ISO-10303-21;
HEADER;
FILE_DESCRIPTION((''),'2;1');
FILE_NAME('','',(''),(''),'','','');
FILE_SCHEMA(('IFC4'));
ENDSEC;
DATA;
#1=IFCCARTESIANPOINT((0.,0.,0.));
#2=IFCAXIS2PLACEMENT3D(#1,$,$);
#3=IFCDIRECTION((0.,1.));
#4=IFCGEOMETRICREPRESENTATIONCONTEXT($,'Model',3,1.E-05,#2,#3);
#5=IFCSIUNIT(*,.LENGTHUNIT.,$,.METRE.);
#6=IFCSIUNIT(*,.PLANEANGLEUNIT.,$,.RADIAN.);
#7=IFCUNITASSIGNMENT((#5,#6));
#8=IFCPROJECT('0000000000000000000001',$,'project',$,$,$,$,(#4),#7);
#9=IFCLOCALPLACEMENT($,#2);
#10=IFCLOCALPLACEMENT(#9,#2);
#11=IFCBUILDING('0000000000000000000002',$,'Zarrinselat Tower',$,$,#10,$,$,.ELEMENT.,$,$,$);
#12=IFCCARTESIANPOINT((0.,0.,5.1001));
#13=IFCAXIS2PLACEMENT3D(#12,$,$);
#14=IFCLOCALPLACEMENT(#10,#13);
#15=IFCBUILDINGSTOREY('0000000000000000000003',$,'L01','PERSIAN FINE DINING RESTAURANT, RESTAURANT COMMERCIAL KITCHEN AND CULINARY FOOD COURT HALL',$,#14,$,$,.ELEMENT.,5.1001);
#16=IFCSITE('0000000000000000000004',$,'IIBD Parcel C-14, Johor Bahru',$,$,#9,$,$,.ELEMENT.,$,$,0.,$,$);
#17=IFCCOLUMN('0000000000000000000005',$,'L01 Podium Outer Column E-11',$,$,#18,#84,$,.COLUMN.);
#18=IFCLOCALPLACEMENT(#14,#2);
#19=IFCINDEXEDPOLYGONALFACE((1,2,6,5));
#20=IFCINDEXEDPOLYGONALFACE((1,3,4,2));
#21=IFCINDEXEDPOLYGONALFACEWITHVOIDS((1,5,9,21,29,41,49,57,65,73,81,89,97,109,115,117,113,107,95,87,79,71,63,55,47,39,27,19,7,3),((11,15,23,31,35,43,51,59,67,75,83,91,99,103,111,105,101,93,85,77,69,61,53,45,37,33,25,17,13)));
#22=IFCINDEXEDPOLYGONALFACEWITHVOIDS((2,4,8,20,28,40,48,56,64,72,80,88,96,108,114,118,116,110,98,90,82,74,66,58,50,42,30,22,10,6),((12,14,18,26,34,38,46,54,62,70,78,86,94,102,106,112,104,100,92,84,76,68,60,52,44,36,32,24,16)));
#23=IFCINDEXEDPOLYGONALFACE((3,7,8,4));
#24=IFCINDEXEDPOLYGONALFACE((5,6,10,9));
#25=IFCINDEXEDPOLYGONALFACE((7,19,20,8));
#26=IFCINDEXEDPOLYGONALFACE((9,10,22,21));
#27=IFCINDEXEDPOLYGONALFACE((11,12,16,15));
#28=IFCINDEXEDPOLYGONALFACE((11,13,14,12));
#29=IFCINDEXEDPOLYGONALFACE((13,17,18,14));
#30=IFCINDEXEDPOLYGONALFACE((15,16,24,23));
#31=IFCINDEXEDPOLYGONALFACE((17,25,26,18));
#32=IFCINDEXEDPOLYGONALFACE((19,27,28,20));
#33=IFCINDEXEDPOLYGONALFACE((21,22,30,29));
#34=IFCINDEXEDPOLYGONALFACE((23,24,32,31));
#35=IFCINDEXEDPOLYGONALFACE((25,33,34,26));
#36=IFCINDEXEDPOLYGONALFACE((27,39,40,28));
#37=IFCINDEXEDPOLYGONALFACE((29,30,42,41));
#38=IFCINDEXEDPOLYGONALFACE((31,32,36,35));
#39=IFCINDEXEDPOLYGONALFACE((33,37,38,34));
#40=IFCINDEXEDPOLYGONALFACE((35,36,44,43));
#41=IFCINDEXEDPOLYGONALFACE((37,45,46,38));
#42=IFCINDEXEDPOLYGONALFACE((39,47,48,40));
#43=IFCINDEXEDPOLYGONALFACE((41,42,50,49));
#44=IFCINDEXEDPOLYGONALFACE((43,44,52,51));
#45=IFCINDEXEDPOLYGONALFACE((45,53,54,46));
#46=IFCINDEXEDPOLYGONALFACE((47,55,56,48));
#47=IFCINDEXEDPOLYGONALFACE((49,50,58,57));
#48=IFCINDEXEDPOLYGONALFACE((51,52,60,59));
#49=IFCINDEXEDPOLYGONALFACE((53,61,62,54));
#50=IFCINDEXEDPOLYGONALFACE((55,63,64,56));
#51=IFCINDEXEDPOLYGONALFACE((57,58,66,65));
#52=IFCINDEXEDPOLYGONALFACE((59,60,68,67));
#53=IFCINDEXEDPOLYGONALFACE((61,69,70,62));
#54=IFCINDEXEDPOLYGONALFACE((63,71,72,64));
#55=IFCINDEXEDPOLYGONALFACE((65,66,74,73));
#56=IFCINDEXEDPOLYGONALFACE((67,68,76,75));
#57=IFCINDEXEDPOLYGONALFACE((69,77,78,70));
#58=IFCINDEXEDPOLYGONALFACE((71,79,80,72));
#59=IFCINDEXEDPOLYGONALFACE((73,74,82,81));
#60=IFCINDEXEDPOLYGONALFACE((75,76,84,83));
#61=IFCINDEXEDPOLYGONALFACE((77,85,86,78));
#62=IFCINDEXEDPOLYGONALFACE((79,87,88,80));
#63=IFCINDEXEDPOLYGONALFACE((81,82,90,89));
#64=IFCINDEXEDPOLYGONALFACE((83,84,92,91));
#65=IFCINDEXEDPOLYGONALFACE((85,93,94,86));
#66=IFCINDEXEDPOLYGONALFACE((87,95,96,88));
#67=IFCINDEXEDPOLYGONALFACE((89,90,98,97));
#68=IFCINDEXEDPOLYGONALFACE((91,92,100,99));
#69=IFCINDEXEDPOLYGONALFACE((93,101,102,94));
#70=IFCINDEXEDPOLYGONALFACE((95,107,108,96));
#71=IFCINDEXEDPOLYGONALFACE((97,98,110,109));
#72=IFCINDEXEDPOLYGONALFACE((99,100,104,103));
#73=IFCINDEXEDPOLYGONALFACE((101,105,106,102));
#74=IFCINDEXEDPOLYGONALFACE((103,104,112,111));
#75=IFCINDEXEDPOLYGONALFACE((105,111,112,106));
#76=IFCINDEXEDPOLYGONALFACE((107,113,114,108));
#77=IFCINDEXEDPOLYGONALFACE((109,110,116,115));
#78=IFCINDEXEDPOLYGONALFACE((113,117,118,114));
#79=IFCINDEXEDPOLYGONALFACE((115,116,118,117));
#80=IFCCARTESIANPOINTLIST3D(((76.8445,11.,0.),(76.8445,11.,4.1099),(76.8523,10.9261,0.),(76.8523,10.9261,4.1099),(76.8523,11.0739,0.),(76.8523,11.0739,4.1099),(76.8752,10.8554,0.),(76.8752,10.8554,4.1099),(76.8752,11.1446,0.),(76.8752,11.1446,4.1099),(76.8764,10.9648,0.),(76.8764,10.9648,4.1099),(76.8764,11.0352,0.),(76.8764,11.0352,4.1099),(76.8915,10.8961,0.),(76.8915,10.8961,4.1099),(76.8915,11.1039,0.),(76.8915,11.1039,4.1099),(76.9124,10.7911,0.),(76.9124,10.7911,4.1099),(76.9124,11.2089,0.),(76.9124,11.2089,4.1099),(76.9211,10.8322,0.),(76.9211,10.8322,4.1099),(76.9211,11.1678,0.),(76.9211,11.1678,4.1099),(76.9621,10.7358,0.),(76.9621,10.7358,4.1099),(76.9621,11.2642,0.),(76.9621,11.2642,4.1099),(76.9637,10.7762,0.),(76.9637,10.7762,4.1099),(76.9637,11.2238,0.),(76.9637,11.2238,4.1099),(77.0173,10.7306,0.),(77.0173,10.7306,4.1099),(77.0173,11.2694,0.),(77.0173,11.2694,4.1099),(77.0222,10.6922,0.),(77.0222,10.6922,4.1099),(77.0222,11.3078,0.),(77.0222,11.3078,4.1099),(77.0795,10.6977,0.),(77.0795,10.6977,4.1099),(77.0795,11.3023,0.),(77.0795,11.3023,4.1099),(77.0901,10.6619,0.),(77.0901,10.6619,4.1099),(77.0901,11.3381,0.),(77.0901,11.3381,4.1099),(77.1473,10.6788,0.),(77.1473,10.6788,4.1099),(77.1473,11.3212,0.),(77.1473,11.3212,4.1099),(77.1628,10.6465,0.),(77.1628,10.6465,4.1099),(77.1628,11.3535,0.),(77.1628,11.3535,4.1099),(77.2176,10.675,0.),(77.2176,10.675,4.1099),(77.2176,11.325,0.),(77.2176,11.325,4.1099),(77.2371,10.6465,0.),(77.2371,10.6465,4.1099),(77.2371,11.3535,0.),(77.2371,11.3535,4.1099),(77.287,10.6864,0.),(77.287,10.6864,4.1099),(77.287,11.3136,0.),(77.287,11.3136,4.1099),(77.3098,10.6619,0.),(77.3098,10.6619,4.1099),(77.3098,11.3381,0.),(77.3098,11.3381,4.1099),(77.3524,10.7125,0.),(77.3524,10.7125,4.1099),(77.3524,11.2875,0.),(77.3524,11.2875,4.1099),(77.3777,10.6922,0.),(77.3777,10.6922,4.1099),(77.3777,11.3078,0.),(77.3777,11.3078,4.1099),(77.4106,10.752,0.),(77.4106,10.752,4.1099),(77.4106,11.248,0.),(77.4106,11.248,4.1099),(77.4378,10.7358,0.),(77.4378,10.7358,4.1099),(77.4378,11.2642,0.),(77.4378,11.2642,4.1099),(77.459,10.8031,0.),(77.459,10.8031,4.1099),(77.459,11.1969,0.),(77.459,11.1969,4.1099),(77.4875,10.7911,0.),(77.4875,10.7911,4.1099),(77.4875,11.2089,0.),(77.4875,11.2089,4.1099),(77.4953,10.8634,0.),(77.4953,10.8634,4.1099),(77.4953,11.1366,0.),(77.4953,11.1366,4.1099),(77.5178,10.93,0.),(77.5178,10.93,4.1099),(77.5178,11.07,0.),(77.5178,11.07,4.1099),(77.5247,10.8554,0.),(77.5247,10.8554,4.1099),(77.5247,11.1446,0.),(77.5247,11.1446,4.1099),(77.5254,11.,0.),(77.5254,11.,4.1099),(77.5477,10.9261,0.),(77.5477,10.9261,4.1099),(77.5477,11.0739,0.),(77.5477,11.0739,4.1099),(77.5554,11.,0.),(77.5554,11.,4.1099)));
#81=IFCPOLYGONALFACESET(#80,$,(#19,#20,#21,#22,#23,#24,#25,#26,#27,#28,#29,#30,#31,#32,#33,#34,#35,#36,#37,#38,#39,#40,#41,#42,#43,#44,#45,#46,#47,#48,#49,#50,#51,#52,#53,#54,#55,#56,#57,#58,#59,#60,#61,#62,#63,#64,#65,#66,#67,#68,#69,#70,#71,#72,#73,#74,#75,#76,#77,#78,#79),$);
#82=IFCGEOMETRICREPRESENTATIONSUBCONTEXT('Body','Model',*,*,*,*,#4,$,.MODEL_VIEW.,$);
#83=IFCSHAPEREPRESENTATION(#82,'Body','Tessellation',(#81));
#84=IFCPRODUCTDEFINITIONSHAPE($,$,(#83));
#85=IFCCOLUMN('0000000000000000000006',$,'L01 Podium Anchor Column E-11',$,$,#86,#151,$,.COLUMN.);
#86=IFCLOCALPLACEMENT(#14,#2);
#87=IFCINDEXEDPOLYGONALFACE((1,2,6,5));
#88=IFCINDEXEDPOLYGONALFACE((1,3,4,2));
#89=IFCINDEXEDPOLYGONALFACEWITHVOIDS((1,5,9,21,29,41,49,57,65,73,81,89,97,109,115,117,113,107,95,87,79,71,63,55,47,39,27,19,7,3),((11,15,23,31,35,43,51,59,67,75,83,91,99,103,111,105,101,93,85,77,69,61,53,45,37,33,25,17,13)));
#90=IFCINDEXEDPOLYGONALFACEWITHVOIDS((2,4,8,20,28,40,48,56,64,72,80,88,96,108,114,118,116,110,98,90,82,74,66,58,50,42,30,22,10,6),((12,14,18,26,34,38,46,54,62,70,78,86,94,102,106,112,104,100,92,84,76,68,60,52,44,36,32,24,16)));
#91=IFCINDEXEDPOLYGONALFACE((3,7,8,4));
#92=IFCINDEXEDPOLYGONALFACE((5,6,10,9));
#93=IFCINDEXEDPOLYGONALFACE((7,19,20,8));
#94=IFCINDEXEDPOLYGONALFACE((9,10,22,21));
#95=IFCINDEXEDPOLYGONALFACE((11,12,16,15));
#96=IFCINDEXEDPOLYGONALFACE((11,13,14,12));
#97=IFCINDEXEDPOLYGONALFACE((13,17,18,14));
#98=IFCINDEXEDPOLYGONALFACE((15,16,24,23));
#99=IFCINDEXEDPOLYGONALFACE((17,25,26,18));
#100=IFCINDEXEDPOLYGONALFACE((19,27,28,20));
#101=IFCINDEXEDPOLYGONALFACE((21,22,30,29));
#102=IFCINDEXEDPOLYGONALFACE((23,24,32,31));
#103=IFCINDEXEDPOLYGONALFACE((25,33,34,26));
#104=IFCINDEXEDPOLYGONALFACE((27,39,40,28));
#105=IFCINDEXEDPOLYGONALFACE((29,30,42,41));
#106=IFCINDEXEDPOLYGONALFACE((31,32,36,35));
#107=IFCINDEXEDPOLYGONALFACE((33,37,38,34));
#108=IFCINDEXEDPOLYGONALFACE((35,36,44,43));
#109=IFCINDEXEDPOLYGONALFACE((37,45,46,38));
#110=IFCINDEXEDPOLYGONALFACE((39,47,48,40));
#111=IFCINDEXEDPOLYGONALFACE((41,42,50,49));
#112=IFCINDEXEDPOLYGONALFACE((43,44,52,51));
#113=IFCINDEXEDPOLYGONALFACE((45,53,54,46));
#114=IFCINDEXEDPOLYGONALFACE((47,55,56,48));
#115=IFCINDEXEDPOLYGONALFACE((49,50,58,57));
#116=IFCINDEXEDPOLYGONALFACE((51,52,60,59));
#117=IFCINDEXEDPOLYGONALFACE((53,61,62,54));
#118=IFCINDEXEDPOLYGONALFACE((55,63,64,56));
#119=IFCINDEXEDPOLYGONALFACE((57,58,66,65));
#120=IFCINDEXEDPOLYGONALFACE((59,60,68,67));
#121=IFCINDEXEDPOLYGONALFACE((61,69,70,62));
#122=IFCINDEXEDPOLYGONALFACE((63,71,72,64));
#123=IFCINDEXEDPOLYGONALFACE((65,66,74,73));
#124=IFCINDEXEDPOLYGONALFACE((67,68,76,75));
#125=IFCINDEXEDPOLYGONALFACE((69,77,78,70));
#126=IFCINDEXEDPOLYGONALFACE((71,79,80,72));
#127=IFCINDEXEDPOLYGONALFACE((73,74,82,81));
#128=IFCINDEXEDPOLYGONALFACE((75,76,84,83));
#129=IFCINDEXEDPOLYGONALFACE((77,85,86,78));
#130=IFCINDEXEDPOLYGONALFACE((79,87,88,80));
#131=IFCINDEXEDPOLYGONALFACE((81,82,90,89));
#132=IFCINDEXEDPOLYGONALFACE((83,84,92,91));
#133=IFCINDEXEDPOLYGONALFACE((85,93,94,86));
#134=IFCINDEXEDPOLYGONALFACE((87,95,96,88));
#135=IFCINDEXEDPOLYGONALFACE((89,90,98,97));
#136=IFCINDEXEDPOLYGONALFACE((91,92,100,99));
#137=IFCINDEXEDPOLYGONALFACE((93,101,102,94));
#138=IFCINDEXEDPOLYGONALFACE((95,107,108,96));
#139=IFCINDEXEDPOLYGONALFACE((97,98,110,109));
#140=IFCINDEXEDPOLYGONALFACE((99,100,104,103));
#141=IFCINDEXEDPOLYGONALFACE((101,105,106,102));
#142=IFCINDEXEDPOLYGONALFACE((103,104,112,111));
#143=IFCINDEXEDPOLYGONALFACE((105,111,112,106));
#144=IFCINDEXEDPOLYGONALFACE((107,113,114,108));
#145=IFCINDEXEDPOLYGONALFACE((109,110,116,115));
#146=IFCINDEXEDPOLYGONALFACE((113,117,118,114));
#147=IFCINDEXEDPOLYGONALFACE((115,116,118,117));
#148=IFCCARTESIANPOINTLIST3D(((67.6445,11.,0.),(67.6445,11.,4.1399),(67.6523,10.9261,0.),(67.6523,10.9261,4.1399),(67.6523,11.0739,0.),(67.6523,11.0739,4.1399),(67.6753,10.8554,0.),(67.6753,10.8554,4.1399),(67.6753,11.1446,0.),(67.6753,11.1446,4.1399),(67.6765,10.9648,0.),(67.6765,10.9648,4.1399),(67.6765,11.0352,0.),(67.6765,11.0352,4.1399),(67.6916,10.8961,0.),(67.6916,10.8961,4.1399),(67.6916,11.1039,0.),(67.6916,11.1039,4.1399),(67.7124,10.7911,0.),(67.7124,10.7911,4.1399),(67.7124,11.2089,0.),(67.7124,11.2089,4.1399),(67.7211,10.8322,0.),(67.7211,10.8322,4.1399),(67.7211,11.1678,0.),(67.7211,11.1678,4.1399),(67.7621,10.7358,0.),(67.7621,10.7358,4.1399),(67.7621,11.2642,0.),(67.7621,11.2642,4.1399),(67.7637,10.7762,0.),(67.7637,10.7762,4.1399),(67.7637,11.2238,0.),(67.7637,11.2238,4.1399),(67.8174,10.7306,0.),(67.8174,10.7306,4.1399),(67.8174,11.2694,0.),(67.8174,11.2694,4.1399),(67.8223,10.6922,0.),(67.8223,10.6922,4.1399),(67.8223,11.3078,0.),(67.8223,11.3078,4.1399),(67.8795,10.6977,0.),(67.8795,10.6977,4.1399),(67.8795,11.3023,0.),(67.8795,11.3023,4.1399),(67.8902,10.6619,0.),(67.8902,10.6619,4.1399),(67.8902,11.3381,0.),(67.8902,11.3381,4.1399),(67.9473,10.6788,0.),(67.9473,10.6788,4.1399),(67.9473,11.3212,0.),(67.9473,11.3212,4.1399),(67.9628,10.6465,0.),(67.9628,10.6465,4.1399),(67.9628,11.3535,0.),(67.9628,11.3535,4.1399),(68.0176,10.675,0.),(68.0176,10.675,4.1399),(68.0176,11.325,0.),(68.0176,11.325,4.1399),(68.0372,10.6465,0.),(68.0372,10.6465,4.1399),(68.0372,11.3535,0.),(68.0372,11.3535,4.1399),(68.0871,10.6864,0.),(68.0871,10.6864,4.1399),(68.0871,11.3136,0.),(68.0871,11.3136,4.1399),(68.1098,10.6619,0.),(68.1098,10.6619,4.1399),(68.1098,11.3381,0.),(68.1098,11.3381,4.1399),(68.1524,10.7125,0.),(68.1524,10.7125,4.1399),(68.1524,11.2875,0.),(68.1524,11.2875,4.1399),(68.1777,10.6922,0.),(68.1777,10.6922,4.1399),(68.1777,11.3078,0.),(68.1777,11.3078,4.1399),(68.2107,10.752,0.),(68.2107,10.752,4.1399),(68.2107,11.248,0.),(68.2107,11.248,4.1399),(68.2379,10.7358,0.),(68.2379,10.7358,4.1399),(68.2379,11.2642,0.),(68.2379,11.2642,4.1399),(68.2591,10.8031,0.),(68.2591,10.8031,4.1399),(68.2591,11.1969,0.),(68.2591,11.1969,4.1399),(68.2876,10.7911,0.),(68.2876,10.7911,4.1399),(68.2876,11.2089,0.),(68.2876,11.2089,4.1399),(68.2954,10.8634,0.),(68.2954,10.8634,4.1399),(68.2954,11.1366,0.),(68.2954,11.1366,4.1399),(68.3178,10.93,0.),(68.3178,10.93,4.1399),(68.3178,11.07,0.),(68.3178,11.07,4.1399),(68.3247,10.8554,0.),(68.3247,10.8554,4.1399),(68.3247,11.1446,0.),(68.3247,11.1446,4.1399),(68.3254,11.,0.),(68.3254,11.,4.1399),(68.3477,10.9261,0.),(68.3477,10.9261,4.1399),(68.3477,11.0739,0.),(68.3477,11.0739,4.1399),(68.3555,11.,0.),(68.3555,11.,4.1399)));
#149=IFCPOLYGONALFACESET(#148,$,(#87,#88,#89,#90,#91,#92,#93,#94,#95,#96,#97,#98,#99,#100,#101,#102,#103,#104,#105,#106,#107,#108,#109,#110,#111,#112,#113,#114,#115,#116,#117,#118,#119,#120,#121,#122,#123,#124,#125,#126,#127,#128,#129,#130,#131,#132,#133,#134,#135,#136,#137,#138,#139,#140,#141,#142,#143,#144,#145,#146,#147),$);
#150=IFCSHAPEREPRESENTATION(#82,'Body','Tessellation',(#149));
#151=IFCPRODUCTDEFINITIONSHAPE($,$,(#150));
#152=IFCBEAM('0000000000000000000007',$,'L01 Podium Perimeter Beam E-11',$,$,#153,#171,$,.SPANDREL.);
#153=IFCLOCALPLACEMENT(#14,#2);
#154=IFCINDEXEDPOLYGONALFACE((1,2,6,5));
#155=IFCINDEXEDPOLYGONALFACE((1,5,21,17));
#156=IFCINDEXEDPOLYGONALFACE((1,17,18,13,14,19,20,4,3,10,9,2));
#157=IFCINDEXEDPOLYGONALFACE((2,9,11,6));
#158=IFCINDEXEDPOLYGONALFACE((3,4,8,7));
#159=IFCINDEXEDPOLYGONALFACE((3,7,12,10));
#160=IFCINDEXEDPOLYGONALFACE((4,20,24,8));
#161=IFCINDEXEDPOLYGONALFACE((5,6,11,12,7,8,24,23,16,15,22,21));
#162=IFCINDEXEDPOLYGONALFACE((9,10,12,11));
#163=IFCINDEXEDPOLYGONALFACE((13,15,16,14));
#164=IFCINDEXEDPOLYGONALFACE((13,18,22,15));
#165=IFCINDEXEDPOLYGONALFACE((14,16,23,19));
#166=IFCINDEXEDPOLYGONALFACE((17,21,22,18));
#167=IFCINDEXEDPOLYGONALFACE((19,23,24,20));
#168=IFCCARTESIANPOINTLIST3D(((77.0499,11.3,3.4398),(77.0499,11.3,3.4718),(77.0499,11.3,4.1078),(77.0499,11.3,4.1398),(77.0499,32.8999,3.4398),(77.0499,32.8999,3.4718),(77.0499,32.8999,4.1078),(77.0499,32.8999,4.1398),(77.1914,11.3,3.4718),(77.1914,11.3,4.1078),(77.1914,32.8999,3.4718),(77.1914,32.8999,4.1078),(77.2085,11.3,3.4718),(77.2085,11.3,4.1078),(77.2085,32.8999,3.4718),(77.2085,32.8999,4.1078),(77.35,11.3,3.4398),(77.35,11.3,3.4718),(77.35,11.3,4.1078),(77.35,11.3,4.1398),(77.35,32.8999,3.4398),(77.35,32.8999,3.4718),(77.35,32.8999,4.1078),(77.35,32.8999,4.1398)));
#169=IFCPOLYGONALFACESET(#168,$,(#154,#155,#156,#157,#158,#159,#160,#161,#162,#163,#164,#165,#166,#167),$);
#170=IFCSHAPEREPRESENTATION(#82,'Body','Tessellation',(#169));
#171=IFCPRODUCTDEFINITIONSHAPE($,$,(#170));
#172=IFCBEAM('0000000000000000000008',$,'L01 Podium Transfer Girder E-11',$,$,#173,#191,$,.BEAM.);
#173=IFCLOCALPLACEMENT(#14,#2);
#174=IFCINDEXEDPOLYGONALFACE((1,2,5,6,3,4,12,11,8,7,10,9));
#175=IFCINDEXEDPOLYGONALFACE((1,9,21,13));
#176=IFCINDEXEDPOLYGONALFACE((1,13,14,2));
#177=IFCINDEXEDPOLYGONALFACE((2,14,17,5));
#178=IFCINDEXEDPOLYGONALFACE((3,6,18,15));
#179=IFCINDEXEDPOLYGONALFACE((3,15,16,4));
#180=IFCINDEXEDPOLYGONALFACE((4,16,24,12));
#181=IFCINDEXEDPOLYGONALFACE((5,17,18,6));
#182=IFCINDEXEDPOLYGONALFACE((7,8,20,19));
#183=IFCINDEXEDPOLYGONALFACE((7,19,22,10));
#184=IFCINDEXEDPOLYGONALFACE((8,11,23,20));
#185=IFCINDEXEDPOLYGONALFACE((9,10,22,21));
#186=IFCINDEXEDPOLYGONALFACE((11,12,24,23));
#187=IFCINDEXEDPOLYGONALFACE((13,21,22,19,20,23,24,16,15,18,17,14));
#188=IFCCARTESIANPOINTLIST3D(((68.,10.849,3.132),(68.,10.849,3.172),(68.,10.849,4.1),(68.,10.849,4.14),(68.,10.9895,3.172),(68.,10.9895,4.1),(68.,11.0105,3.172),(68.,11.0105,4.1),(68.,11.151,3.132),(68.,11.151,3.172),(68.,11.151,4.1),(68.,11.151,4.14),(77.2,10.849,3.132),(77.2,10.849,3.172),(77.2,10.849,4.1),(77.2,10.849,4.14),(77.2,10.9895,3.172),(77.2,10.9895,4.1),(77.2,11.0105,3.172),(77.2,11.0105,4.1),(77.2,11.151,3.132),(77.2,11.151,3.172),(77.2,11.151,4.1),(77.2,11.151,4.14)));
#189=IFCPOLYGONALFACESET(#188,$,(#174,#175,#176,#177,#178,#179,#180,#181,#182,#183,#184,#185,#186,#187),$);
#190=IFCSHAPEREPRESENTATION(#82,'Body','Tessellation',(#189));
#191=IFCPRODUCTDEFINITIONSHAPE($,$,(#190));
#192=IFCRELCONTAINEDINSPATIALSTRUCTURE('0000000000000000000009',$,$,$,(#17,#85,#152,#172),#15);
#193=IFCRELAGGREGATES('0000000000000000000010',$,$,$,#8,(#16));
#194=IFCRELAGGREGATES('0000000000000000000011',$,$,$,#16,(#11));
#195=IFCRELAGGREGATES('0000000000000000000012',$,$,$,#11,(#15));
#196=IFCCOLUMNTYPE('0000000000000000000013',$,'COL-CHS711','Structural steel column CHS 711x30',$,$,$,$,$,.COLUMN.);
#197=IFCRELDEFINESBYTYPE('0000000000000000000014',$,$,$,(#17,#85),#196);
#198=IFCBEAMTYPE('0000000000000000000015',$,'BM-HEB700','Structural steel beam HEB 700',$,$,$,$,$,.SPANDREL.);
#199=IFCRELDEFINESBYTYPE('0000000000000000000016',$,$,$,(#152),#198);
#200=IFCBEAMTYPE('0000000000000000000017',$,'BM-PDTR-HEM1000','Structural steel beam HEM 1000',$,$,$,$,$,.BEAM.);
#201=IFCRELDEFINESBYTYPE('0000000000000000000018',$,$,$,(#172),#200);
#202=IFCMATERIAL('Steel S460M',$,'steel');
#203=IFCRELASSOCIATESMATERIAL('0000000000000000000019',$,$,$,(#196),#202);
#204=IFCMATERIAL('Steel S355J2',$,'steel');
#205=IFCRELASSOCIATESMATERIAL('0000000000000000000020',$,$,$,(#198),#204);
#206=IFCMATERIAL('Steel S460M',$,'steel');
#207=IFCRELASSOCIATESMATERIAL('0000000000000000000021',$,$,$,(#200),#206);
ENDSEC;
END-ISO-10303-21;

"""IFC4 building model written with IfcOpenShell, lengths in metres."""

from ifc_helpers import new_model, si_unit, direction, frame, origin, origin_2d, place, context, subcontext, project, spatial, hollow_circle, i_section, extrude, material, material_profile, profile_set, type_object, element, save


model = new_model("IFC4")

# Units and contexts
model_context = context("Model", 3, precision=1e-05, world=origin(), true_north=direction((0.0, 1.0)))
body_context = subcontext(model_context, "Body", "Model", "MODEL_VIEW")
ifc_project = project(units=[si_unit("LENGTHUNIT", "METRE"), si_unit("PLANEANGLEUNIT", "RADIAN")], contexts=[model_context])

# Site, building, storey
site_placement = place(None, origin())
site = spatial("IfcSite", under=ifc_project, at=site_placement, Name="IIBD Parcel C-14, Johor Bahru", CompositionType="ELEMENT", RefElevation=0.0)
building_placement = place(site_placement, origin())
building = spatial("IfcBuilding", under=site, at=building_placement, Name="Zarrinselat Tower", CompositionType="ELEMENT")
storey_placement = place(building_placement, frame((0.0, 0.0, 5.1001)))
storey = spatial("IfcBuildingStorey", under=building, at=storey_placement, Name="L01", Description="PERSIAN FINE DINING RESTAURANT, RESTAURANT COMMERCIAL KITCHEN AND CULINARY FOOD COURT HALL", CompositionType="ELEMENT", Elevation=5.1001)

# Columns
ifc_material_1 = material(Name="Steel S460M", Category="steel")
ifc_material_profile_1 = material_profile(ifc_material_1, hollow_circle(Radius=0.3555, WallThickness=0.03, at=origin_2d()), Name="CHS 711x30")
ifc_profile_set_1 = profile_set([ifc_material_profile_1], Name="Steel S460M")
column_type = type_object("IfcColumnType", Name="COL-CHS711", Description="Structural steel column CHS 711x30", PredefinedType="COLUMN", material=ifc_profile_set_1)
column_1_placement = place(storey_placement, frame((77.2, 11.0, 0.0), z_axis=(0.0, 0.0, 1.0), x_axis=(1.0, 0.0, 0.0)))
element("IfcColumn", 1, at=column_1_placement, inside=storey, type_object=column_type, Name="L01 Podium Outer Column E-11", PredefinedType="COLUMN", context=body_context, shape_type="SweptSolid", body=[
    extrude(hollow_circle(Radius=0.3555, WallThickness=0.03, at=origin_2d()), origin(), (0.0, 0.0, 1.0), 4.1099),
])
column_2_placement = place(storey_placement, frame((68.0, 11.0, 0.0), z_axis=(0.0, 0.0, 1.0), x_axis=(1.0, 0.0, 0.0)))
element("IfcColumn", 2, at=column_2_placement, inside=storey, type_object=column_type, Name="L01 Podium Anchor Column E-11", PredefinedType="COLUMN", context=body_context, shape_type="SweptSolid", body=[
    extrude(hollow_circle(Radius=0.3555, WallThickness=0.03, at=origin_2d()), origin(), (0.0, 0.0, 1.0), 4.1399),
])

# Beams
ifc_material_2 = material(Name="Steel S355J2", Category="steel")
ifc_material_profile_2 = material_profile(ifc_material_2, i_section(OverallWidth=0.3, OverallDepth=0.7, WebThickness=0.0171, FlangeThickness=0.032, at=origin_2d()), Name="HEB 700")
ifc_profile_set_2 = profile_set([ifc_material_profile_2], Name="Steel S355J2")
beam_type_1 = type_object("IfcBeamType", Name="BM-HEB700", Description="Structural steel beam HEB 700", PredefinedType="SPANDREL", material=ifc_profile_set_2)
beam_1_placement = place(storey_placement, frame((77.2, 11.3, 3.7898), z_axis=(0.0, 1.0, 0.0), x_axis=(-1.0, 0.0, 0.0)))
element("IfcBeam", 3, at=beam_1_placement, inside=storey, type_object=beam_type_1, Name="L01 Podium Perimeter Beam E-11", PredefinedType="SPANDREL", context=body_context, shape_type="SweptSolid", body=[
    extrude(i_section(OverallWidth=0.3, OverallDepth=0.7, WebThickness=0.0171, FlangeThickness=0.032, at=origin_2d()), origin(), (0.0, 0.0, 1.0), 21.5999),
])
ifc_material_3 = material(Name="Steel S460M", Category="steel")
ifc_material_profile_3 = material_profile(ifc_material_3, i_section(OverallWidth=0.302, OverallDepth=1.0081, WebThickness=0.021, FlangeThickness=0.04, at=origin_2d()), Name="HEM 1000")
ifc_profile_set_3 = profile_set([ifc_material_profile_3], Name="Steel S460M")
beam_type_2 = type_object("IfcBeamType", Name="BM-PDTR-HEM1000", Description="Structural steel beam HEM 1000", PredefinedType="BEAM", material=ifc_profile_set_3)
beam_2_placement = place(storey_placement, frame((68.0, 11.0, 3.636), z_axis=(1.0, 0.0, 0.0), x_axis=(0.0, 1.0, 0.0)))
element("IfcBeam", 4, at=beam_2_placement, inside=storey, type_object=beam_type_2, Name="L01 Podium Transfer Girder E-11", PredefinedType="BEAM", context=body_context, shape_type="SweptSolid", body=[
    extrude(i_section(OverallWidth=0.302, OverallDepth=1.0081, WebThickness=0.021, FlangeThickness=0.04, at=origin_2d()), origin(), (0.0, 0.0, 1.0), 9.2),
])

save(model, "model.ifc")
